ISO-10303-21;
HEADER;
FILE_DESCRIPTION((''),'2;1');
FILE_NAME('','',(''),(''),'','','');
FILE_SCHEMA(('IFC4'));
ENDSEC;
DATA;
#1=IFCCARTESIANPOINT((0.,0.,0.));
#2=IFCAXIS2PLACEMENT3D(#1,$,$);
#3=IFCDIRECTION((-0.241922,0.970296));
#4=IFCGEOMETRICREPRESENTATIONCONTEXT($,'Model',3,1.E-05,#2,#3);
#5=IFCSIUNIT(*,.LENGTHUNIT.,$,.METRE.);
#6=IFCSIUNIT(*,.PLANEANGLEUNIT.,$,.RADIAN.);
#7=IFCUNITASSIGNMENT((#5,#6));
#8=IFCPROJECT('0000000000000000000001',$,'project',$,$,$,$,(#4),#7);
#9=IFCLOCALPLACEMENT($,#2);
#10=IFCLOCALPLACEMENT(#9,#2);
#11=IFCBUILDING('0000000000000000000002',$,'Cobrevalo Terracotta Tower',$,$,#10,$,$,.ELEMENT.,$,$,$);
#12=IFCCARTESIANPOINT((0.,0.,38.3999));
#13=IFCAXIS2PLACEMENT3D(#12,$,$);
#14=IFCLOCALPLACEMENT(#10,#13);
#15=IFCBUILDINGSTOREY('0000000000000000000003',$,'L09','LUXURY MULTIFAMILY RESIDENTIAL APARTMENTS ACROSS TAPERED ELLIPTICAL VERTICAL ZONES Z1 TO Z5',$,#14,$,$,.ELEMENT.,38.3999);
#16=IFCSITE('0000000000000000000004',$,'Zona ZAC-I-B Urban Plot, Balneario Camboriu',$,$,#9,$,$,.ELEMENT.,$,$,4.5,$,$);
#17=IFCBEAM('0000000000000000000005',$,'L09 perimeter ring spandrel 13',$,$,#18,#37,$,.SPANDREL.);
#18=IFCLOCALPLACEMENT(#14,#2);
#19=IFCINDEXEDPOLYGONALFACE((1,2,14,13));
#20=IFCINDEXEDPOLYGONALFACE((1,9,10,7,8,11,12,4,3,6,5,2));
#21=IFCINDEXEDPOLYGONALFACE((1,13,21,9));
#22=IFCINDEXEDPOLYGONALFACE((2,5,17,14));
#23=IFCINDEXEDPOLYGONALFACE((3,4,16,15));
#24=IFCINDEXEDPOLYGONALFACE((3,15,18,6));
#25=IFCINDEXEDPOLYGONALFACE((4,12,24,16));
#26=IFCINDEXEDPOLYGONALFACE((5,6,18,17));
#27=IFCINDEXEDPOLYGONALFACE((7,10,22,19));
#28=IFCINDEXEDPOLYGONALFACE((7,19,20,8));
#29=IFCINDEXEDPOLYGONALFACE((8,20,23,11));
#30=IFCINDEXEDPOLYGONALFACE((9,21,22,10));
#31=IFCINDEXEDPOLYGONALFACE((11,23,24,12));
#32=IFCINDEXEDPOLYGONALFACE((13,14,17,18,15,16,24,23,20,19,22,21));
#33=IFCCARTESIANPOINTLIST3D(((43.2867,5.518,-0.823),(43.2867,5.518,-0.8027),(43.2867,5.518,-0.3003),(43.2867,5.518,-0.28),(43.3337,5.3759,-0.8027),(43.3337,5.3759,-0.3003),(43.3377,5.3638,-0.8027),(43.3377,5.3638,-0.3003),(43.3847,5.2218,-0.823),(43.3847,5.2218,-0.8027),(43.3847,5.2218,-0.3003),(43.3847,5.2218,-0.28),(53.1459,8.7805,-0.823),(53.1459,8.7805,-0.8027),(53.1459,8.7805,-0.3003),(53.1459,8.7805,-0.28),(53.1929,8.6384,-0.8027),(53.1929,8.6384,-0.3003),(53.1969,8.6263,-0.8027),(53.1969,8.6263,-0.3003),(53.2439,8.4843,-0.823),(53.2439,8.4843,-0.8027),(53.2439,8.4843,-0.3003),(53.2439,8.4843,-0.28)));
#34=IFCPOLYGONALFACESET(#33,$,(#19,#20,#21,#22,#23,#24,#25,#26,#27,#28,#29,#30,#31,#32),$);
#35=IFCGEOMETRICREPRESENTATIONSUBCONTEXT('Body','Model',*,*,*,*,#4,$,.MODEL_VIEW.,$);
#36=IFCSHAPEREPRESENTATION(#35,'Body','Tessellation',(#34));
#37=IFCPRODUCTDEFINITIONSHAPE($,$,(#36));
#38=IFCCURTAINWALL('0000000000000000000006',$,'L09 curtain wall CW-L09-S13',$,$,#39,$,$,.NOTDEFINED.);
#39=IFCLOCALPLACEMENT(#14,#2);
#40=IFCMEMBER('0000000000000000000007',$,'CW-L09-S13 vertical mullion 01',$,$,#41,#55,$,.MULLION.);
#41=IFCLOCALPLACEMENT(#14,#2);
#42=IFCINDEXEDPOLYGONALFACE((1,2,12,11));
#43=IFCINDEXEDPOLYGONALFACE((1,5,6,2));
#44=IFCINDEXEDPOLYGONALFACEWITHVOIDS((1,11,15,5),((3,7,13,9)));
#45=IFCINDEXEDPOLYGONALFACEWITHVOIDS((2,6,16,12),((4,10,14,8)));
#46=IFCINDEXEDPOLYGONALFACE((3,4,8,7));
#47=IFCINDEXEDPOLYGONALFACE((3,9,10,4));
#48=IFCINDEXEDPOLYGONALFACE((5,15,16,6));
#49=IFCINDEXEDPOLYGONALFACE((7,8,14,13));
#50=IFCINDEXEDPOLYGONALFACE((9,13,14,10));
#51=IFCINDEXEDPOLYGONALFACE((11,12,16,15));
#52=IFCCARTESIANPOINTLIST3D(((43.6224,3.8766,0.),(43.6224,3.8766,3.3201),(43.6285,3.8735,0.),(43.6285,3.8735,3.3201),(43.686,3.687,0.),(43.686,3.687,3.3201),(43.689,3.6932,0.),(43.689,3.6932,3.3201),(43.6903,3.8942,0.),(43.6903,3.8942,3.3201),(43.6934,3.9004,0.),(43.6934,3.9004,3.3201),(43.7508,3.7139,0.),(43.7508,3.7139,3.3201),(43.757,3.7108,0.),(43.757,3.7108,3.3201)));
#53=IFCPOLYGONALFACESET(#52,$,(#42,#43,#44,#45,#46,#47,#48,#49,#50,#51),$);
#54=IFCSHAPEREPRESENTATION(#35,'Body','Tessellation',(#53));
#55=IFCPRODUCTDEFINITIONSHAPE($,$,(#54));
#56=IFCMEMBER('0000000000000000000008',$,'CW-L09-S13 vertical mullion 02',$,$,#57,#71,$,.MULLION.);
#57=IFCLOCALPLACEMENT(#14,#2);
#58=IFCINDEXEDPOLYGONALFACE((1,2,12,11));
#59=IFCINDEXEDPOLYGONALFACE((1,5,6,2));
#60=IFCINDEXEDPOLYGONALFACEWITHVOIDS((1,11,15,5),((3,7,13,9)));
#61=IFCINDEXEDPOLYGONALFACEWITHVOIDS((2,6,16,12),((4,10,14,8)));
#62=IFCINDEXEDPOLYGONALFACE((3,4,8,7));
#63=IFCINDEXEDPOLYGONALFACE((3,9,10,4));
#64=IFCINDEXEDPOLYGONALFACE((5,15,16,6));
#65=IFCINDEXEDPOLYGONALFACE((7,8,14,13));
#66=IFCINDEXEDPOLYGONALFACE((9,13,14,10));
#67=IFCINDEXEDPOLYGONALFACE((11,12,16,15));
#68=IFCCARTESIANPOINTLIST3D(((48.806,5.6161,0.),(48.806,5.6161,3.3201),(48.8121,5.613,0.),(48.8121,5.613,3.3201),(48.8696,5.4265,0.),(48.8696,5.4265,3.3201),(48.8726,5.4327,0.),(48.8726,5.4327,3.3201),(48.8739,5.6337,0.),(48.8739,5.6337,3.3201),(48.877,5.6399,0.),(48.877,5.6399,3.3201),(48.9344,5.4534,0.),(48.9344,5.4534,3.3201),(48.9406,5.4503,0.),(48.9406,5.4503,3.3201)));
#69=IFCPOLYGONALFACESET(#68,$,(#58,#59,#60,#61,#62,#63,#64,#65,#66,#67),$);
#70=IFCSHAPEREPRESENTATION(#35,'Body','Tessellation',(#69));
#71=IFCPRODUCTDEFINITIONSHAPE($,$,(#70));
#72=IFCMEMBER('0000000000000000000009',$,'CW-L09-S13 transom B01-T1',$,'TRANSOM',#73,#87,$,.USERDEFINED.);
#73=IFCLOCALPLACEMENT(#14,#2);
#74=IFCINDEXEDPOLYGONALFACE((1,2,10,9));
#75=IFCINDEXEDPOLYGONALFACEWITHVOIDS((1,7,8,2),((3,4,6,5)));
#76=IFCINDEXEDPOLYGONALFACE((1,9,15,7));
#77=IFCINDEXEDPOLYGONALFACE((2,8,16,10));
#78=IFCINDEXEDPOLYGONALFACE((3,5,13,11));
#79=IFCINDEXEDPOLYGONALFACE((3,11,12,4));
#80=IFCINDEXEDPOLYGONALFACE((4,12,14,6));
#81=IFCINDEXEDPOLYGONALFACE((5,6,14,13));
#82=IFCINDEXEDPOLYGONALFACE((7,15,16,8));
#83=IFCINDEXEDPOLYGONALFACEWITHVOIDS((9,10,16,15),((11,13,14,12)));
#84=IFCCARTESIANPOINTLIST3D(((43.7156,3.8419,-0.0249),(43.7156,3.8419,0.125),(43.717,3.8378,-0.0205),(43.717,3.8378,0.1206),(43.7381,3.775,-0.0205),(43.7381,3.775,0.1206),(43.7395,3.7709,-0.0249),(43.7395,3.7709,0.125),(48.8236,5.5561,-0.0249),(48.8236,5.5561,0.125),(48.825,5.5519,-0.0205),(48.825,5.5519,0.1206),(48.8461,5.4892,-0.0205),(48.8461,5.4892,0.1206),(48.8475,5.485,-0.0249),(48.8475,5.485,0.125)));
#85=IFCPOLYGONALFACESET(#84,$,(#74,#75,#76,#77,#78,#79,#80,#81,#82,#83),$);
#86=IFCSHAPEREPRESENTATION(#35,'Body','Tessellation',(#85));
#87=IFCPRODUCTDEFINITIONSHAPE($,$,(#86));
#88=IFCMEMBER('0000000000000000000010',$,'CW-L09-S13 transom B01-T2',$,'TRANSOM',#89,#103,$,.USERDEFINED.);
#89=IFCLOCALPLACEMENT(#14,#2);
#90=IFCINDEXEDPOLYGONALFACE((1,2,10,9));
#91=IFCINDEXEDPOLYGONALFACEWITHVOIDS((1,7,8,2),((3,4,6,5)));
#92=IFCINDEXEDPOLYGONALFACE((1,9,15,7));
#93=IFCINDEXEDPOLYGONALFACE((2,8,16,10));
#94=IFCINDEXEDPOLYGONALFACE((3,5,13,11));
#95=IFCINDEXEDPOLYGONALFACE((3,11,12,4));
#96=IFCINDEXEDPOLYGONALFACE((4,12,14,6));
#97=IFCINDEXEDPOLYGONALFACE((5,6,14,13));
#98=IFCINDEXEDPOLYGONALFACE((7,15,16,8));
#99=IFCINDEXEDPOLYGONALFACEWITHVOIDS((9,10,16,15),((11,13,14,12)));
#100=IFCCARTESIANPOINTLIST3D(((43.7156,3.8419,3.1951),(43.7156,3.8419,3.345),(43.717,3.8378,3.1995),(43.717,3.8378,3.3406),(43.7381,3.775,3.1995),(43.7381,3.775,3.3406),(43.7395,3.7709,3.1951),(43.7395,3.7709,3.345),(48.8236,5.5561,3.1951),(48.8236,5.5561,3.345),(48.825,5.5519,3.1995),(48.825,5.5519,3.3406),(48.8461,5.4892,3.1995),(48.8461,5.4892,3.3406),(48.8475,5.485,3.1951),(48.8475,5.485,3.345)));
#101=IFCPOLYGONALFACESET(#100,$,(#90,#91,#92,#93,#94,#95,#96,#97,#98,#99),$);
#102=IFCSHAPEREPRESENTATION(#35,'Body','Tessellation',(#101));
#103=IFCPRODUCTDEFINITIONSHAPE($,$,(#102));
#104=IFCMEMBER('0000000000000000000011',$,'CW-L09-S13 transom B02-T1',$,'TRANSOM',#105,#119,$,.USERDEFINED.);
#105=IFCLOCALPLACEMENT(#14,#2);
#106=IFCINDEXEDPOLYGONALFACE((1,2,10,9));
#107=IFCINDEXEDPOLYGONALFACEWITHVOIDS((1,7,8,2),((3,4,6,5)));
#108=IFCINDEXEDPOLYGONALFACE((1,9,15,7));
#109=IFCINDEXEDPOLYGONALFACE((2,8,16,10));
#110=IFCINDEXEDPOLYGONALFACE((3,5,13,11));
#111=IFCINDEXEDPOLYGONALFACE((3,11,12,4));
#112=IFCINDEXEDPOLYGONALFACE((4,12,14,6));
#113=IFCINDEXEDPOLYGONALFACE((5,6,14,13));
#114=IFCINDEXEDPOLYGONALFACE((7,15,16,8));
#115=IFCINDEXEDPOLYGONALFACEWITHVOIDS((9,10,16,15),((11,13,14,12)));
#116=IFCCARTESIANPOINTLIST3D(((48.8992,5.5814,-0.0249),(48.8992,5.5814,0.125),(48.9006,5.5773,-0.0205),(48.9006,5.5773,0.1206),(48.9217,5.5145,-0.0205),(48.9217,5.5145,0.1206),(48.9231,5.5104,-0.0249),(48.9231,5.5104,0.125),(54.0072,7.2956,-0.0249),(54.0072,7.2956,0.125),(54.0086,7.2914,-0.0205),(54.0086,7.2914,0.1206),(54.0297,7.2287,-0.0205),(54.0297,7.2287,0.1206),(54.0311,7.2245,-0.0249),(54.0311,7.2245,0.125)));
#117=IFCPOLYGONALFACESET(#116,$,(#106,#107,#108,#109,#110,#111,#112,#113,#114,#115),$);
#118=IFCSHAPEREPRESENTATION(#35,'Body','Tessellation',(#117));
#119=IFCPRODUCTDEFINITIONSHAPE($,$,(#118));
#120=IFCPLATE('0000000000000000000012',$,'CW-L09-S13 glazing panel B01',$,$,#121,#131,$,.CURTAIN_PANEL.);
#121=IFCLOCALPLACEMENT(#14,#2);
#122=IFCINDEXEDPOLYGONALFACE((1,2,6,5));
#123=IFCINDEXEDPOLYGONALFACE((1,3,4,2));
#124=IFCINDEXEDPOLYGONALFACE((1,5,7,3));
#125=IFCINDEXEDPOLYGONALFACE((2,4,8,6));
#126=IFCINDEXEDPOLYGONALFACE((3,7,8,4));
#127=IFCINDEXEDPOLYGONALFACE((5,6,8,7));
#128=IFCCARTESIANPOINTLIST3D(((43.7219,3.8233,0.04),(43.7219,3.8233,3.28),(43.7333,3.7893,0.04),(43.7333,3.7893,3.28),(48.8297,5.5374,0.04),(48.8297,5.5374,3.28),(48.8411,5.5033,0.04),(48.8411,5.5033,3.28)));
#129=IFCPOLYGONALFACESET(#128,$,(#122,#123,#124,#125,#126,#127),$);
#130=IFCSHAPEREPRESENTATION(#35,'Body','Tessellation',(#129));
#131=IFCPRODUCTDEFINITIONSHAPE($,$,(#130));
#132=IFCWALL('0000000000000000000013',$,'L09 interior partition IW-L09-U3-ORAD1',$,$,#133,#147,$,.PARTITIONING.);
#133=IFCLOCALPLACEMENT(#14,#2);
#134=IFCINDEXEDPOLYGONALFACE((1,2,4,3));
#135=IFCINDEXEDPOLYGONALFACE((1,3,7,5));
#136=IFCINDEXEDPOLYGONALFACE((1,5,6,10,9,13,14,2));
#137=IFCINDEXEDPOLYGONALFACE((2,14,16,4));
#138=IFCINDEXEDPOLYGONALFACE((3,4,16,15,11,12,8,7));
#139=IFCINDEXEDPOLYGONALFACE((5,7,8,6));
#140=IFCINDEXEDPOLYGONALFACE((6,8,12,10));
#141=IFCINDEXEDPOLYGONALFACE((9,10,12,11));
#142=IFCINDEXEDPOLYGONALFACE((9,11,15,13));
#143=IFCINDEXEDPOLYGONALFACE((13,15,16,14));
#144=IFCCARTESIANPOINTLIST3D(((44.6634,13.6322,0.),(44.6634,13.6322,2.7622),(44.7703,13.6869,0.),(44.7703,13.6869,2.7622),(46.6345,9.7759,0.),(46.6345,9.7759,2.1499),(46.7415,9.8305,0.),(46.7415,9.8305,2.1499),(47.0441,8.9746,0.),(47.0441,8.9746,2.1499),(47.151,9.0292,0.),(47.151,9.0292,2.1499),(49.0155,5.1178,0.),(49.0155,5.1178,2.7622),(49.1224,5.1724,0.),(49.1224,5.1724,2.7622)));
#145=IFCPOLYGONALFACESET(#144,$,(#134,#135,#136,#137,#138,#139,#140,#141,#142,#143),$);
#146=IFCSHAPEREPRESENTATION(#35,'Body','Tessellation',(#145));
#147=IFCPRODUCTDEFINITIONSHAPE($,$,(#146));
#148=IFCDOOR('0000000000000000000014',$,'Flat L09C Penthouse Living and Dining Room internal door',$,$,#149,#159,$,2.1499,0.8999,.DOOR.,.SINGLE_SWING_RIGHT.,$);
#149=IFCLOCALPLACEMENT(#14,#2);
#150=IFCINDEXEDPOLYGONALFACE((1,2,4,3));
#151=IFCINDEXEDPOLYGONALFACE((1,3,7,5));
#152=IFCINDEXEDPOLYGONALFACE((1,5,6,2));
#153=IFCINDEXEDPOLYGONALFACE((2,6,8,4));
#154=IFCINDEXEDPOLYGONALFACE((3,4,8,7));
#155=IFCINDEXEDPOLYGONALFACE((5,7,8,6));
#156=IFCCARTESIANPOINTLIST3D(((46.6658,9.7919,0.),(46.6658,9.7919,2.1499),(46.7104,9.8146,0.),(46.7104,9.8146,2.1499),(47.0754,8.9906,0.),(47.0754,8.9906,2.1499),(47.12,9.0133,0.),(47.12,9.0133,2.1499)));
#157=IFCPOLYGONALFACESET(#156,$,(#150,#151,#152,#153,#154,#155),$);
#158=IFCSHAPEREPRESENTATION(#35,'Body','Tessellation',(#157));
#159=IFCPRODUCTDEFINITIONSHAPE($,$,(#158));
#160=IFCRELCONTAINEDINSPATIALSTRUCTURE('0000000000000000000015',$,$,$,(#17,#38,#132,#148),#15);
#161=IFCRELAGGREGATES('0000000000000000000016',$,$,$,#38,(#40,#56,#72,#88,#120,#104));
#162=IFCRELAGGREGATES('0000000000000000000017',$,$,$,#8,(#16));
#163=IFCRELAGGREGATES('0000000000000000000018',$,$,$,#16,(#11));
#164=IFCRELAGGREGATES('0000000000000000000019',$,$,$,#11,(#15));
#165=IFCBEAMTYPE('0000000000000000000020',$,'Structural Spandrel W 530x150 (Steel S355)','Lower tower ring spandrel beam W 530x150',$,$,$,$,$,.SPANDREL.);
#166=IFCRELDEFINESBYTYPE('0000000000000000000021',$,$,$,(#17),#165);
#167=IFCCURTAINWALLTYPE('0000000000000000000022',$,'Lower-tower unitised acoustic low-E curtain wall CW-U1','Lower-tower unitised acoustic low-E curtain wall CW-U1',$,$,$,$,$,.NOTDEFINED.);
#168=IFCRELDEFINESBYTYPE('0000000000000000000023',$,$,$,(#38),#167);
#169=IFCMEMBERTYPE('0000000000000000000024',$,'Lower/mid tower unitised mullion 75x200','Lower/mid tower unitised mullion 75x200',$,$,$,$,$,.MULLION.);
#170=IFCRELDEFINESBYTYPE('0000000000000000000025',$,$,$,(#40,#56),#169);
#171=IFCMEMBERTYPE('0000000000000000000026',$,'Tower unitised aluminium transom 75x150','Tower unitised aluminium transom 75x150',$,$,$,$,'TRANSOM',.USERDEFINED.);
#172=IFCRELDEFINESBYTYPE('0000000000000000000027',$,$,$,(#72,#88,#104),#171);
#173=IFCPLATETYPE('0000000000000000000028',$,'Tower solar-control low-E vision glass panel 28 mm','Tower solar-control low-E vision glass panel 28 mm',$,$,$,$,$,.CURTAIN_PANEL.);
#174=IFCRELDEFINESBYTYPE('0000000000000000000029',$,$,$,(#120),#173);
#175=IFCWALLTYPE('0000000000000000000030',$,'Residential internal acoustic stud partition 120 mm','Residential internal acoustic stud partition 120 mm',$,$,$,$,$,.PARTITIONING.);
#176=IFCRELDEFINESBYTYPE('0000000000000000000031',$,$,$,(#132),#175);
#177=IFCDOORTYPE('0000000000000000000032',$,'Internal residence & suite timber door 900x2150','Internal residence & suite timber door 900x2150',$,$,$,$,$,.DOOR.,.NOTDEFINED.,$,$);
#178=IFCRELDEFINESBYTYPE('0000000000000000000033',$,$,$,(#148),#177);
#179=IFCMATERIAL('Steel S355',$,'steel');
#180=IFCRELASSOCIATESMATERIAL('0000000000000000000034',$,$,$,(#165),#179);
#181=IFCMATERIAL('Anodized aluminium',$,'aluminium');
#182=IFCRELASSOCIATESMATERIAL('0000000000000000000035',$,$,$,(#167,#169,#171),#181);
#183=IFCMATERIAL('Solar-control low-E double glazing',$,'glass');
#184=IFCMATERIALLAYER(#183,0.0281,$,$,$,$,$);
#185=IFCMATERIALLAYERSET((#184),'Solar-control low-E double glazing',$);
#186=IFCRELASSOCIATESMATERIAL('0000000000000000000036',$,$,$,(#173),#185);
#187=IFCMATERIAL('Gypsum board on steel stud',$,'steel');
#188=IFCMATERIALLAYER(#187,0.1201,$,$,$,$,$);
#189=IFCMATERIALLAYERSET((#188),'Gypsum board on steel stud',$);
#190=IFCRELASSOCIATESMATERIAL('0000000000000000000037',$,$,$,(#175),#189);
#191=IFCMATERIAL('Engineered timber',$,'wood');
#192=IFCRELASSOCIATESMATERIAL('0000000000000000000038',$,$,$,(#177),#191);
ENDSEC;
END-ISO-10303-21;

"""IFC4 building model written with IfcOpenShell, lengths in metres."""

from ifc_helpers import new_model, si_unit, direction, frame, frame_2d, origin, origin_2d, place, context, subcontext, project, spatial, rectangle, hollow_rectangle, i_section, extrude, source, transform, mapped, material, layer, layer_set, material_profile, profile_set, type_object, element, fill, aggregate, save


model = new_model("IFC4")

# Units and contexts
model_context = context("Model", 3, precision=1e-05, world=origin(), true_north=direction((-0.241922, 0.970296)))
body_context = subcontext(model_context, "Body", "Model", "MODEL_VIEW")
ifc_project = project(units=[si_unit("LENGTHUNIT", "METRE"), si_unit("PLANEANGLEUNIT", "RADIAN")], contexts=[model_context])

# Site, building, storey
site_placement = place(None, origin())
site = spatial("IfcSite", under=ifc_project, at=site_placement, Name="Zona ZAC-I-B Urban Plot, Balneario Camboriu", CompositionType="ELEMENT", RefElevation=4.5)
building_placement = place(site_placement, origin())
building = spatial("IfcBuilding", under=site, at=building_placement, Name="Cobrevalo Terracotta Tower", CompositionType="ELEMENT")
storey_placement = place(building_placement, frame((0.0, 0.0, 38.3999)))
storey = spatial("IfcBuildingStorey", under=building, at=storey_placement, Name="L09", Description="LUXURY MULTIFAMILY RESIDENTIAL APARTMENTS ACROSS TAPERED ELLIPTICAL VERTICAL ZONES Z1 TO Z5", CompositionType="ELEMENT", Elevation=38.3999)

# Shared definitions
ifc_material_1 = material(Name="Steel S355", Category="steel")

# Beam
ifc_material_profile_1 = material_profile(ifc_material_1, i_section(OverallWidth=0.312, OverallDepth=0.543, WebThickness=0.0127, FlangeThickness=0.0203, at=origin_2d()), Name="W 530x150")
ifc_profile_set_1 = profile_set([ifc_material_profile_1], Name="Steel S355")
beam_type_1 = type_object("IfcBeamType", Name="Structural Spandrel W 530x150 (Steel S355)", Description="Lower tower ring spandrel beam W 530x150", PredefinedType="SPANDREL", material=ifc_profile_set_1)
beam_1_placement = place(storey_placement, frame((43.3357, 5.3699, -0.5515), z_axis=(0.949372, 0.314153, 0.0), x_axis=(-0.314153, 0.949372, 0.0)))
element("IfcBeam", 1, at=beam_1_placement, inside=storey, type_object=beam_type_1, Name="L09 perimeter ring spandrel 13", PredefinedType="SPANDREL", context=body_context, shape_type="SweptSolid", body=[
    extrude(i_section(OverallWidth=0.312, OverallDepth=0.543, WebThickness=0.0127, FlangeThickness=0.0203, at=origin_2d()), origin(), (0.0, 0.0, 1.0), 10.385),
])

# Curtain wall, members, plate
ifc_material_2 = material(Name="Anodized aluminium", Category="aluminium")
curtain_wall_type = type_object("IfcCurtainWallType", Name="Lower-tower unitised acoustic low-E curtain wall CW-U1", Description="Lower-tower unitised acoustic low-E curtain wall CW-U1", PredefinedType="NOTDEFINED", material=ifc_material_2)
curtain_wall_placement = place(storey_placement, origin())
curtain_wall = element("IfcCurtainWall", 2, at=curtain_wall_placement, inside=storey, type_object=curtain_wall_type, Name="L09 curtain wall CW-L09-S13", PredefinedType="NOTDEFINED")
ifc_material_profile_2 = material_profile(ifc_material_2, hollow_rectangle(XDim=0.075, YDim=0.2, WallThickness=0.0049, at=origin_2d()), Name="CWM 75x200")
ifc_profile_set_2 = profile_set([ifc_material_profile_2], Name="Anodized aluminium")
member_type_1 = type_object("IfcMemberType", Name="Lower/mid tower unitised mullion 75x200", Description="Lower/mid tower unitised mullion 75x200", PredefinedType="MULLION", material=ifc_profile_set_2)
shared_shape_1 = source(origin(), body_context, "Body", "SweptSolid", [
    extrude(hollow_rectangle(XDim=0.075, YDim=0.2, WallThickness=0.0049, at=origin_2d()), origin(), (0.0, 0.0, 1.0), 3.3201),
])
member_1_placement = place(storey_placement, frame((43.6897, 3.7937, 0.0), z_axis=(0.0, 0.0, 1.0), x_axis=(0.948046, 0.318132, 0.0)))
member_1 = element("IfcMember", 3, at=member_1_placement, type_object=member_type_1, Name="CW-L09-S13 vertical mullion 01", PredefinedType="MULLION", context=body_context, shape_type="MappedRepresentation", body=[
    mapped(shared_shape_1, transform((0.0, 0.0, 0.0), scale=1.0)),
])
member_2_placement = place(storey_placement, frame((48.8733, 5.5332, 0.0), z_axis=(0.0, 0.0, 1.0), x_axis=(0.948046, 0.318132, 0.0)))
member_2 = element("IfcMember", 4, at=member_2_placement, type_object=member_type_1, Name="CW-L09-S13 vertical mullion 02", PredefinedType="MULLION", context=body_context, shape_type="MappedRepresentation", body=[
    mapped(shared_shape_1, transform((0.0, 0.0, 0.0), scale=1.0)),
])
ifc_material_profile_3 = material_profile(ifc_material_2, hollow_rectangle(XDim=0.075, YDim=0.1499, WallThickness=0.0044, at=origin_2d()), Name="CWT 75x150")
ifc_profile_set_3 = profile_set([ifc_material_profile_3], Name="Anodized aluminium")
member_type_2 = type_object("IfcMemberType", Name="Tower unitised aluminium transom 75x150", Description="Tower unitised aluminium transom 75x150", ElementType="TRANSOM", PredefinedType="USERDEFINED", material=ifc_profile_set_3)
shared_shape_2 = source(origin(), body_context, "Body", "SweptSolid", [
    extrude(hollow_rectangle(XDim=0.075, YDim=0.1499, WallThickness=0.0044, at=origin_2d()), origin(), (0.0, 0.0, 1.0), 5.3879),
])
member_3_placement = place(storey_placement, frame((43.7275, 3.8064, 0.05), z_axis=(0.948042, 0.318144, 0.0), x_axis=(-0.318144, 0.948042, 0.0)))
member_3 = element("IfcMember", 5, at=member_3_placement, type_object=member_type_2, Name="CW-L09-S13 transom B01-T1", ObjectType="TRANSOM", PredefinedType="USERDEFINED", context=body_context, shape_type="MappedRepresentation", body=[
    mapped(shared_shape_2, transform((0.0, 0.0, 0.0), scale=1.0)),
])
member_4_placement = place(storey_placement, frame((43.7275, 3.8064, 3.27), z_axis=(0.948042, 0.318144, 0.0), x_axis=(-0.318144, 0.948042, 0.0)))
member_4 = element("IfcMember", 6, at=member_4_placement, type_object=member_type_2, Name="CW-L09-S13 transom B01-T2", ObjectType="TRANSOM", PredefinedType="USERDEFINED", context=body_context, shape_type="MappedRepresentation", body=[
    mapped(shared_shape_2, transform((0.0, 0.0, 0.0), scale=1.0)),
])
member_5_placement = place(storey_placement, frame((48.9111, 5.5459, 0.05), z_axis=(0.948042, 0.318144, 0.0), x_axis=(-0.318144, 0.948042, 0.0)))
member_5 = element("IfcMember", 7, at=member_5_placement, type_object=member_type_2, Name="CW-L09-S13 transom B02-T1", ObjectType="TRANSOM", PredefinedType="USERDEFINED", context=body_context, shape_type="MappedRepresentation", body=[
    mapped(shared_shape_2, transform((0.0, 0.0, 0.0), scale=1.0)),
])
ifc_material_3 = material(Name="Solar-control low-E double glazing", Category="glass")
ifc_layer_1 = layer(ifc_material_3, 0.0281)
ifc_layer_set_1 = layer_set([ifc_layer_1], Name="Solar-control low-E double glazing")
plate_type = type_object("IfcPlateType", Name="Tower solar-control low-E vision glass panel 28 mm", Description="Tower solar-control low-E vision glass panel 28 mm", PredefinedType="CURTAIN_PANEL", material=ifc_layer_set_1)
shared_shape_3 = source(origin(), body_context, "Body", "SweptSolid", [
    extrude(rectangle(XDim=5.3877, YDim=0.0359, at=origin_2d()), origin(), (0.0, 0.0, 1.0), 3.24),
])
plate_placement = place(storey_placement, frame((46.2815, 4.6633, 0.04), z_axis=(0.0, 0.0, 1.0), x_axis=(0.948044, 0.318139, 0.0)))
plate = element("IfcPlate", 8, at=plate_placement, type_object=plate_type, Name="CW-L09-S13 glazing panel B01", PredefinedType="CURTAIN_PANEL", context=body_context, shape_type="MappedRepresentation", body=[
    mapped(shared_shape_3, transform((0.0, 0.0, 0.0), scale=1.0)),
])
aggregate(curtain_wall, [member_1, member_2, member_3, member_4, plate, member_5])

# Wall, opening, door
ifc_material_4 = material(Name="Gypsum board on steel stud", Category="steel")
ifc_layer_2 = layer(ifc_material_4, 0.1201)
ifc_layer_set_2 = layer_set([ifc_layer_2], Name="Gypsum board on steel stud")
wall_type = type_object("IfcWallType", Name="Residential internal acoustic stud partition 120 mm", Description="Residential internal acoustic stud partition 120 mm", PredefinedType="PARTITIONING", material=ifc_layer_set_2)
wall_1_placement = place(storey_placement, frame((44.7168, 13.6597, 0.0), z_axis=(0.0, 0.0, 1.0), x_axis=(0.455131, -0.890424, 0.0)))
wall_1 = element("IfcWall", 9, at=wall_1_placement, inside=storey, type_object=wall_type, Name="L09 interior partition IW-L09-U3-ORAD1", PredefinedType="PARTITIONING", context=body_context, shape_type="SweptSolid", body=[
    extrude(rectangle(XDim=9.5623, YDim=0.1201, at=frame_2d((4.7812, 0.0))), origin(), (0.0, 0.0, 1.0), 2.7622),
])
opening_1_placement = place(wall_1_placement, frame((4.3311, 0.0, 0.0)))
opening_1 = element("IfcOpeningElement", 10, at=opening_1_placement, cuts=wall_1, PredefinedType="OPENING", context=body_context, shape_type="SweptSolid", body=[
    extrude(rectangle(XDim=0.8999, YDim=2.1499, at=frame_2d((0.45, 1.075))), frame((0.0, 0.0701, 0.0), z_axis=(0.0, -1.0, 0.0), x_axis=(1.0, 0.0, 0.0)), (0.0, 0.0, 1.0), 0.1401),
])
ifc_material_5 = material(Name="Engineered timber", Category="wood")
door_type_1 = type_object("IfcDoorType", Name="Internal residence & suite timber door 900x2150", Description="Internal residence & suite timber door 900x2150", OperationType="NOTDEFINED", PredefinedType="DOOR", material=ifc_material_5)
shared_shape_4 = source(origin(), body_context, "Body", "SweptSolid", [
    extrude(rectangle(XDim=0.8999, YDim=2.1499, at=frame_2d((0.45, 1.075))), frame((0.0, 0.0249, 0.0), z_axis=(0.0, -1.0, 0.0), x_axis=(1.0, 0.0, 0.0)), (0.0, 0.0, 1.0), 0.05),
])
door_1_placement = place(opening_1_placement, frame((0.8999, 0.0, 0.0), z_axis=(0.0, 0.0, 1.0), x_axis=(-1.0, 0.0, 0.0)))
door_1 = element("IfcDoor", 11, at=door_1_placement, inside=storey, type_object=door_type_1, Name="Flat L09C Penthouse Living and Dining Room internal door", OperationType="SINGLE_SWING_RIGHT", OverallHeight=2.1499, OverallWidth=0.8999, PredefinedType="DOOR", context=body_context, shape_type="MappedRepresentation", body=[
    mapped(shared_shape_4, transform((0.0, 0.0, 0.0), scale=1.0)),
])
fill(opening_1, door_1)

save(model, "model.ifc")
